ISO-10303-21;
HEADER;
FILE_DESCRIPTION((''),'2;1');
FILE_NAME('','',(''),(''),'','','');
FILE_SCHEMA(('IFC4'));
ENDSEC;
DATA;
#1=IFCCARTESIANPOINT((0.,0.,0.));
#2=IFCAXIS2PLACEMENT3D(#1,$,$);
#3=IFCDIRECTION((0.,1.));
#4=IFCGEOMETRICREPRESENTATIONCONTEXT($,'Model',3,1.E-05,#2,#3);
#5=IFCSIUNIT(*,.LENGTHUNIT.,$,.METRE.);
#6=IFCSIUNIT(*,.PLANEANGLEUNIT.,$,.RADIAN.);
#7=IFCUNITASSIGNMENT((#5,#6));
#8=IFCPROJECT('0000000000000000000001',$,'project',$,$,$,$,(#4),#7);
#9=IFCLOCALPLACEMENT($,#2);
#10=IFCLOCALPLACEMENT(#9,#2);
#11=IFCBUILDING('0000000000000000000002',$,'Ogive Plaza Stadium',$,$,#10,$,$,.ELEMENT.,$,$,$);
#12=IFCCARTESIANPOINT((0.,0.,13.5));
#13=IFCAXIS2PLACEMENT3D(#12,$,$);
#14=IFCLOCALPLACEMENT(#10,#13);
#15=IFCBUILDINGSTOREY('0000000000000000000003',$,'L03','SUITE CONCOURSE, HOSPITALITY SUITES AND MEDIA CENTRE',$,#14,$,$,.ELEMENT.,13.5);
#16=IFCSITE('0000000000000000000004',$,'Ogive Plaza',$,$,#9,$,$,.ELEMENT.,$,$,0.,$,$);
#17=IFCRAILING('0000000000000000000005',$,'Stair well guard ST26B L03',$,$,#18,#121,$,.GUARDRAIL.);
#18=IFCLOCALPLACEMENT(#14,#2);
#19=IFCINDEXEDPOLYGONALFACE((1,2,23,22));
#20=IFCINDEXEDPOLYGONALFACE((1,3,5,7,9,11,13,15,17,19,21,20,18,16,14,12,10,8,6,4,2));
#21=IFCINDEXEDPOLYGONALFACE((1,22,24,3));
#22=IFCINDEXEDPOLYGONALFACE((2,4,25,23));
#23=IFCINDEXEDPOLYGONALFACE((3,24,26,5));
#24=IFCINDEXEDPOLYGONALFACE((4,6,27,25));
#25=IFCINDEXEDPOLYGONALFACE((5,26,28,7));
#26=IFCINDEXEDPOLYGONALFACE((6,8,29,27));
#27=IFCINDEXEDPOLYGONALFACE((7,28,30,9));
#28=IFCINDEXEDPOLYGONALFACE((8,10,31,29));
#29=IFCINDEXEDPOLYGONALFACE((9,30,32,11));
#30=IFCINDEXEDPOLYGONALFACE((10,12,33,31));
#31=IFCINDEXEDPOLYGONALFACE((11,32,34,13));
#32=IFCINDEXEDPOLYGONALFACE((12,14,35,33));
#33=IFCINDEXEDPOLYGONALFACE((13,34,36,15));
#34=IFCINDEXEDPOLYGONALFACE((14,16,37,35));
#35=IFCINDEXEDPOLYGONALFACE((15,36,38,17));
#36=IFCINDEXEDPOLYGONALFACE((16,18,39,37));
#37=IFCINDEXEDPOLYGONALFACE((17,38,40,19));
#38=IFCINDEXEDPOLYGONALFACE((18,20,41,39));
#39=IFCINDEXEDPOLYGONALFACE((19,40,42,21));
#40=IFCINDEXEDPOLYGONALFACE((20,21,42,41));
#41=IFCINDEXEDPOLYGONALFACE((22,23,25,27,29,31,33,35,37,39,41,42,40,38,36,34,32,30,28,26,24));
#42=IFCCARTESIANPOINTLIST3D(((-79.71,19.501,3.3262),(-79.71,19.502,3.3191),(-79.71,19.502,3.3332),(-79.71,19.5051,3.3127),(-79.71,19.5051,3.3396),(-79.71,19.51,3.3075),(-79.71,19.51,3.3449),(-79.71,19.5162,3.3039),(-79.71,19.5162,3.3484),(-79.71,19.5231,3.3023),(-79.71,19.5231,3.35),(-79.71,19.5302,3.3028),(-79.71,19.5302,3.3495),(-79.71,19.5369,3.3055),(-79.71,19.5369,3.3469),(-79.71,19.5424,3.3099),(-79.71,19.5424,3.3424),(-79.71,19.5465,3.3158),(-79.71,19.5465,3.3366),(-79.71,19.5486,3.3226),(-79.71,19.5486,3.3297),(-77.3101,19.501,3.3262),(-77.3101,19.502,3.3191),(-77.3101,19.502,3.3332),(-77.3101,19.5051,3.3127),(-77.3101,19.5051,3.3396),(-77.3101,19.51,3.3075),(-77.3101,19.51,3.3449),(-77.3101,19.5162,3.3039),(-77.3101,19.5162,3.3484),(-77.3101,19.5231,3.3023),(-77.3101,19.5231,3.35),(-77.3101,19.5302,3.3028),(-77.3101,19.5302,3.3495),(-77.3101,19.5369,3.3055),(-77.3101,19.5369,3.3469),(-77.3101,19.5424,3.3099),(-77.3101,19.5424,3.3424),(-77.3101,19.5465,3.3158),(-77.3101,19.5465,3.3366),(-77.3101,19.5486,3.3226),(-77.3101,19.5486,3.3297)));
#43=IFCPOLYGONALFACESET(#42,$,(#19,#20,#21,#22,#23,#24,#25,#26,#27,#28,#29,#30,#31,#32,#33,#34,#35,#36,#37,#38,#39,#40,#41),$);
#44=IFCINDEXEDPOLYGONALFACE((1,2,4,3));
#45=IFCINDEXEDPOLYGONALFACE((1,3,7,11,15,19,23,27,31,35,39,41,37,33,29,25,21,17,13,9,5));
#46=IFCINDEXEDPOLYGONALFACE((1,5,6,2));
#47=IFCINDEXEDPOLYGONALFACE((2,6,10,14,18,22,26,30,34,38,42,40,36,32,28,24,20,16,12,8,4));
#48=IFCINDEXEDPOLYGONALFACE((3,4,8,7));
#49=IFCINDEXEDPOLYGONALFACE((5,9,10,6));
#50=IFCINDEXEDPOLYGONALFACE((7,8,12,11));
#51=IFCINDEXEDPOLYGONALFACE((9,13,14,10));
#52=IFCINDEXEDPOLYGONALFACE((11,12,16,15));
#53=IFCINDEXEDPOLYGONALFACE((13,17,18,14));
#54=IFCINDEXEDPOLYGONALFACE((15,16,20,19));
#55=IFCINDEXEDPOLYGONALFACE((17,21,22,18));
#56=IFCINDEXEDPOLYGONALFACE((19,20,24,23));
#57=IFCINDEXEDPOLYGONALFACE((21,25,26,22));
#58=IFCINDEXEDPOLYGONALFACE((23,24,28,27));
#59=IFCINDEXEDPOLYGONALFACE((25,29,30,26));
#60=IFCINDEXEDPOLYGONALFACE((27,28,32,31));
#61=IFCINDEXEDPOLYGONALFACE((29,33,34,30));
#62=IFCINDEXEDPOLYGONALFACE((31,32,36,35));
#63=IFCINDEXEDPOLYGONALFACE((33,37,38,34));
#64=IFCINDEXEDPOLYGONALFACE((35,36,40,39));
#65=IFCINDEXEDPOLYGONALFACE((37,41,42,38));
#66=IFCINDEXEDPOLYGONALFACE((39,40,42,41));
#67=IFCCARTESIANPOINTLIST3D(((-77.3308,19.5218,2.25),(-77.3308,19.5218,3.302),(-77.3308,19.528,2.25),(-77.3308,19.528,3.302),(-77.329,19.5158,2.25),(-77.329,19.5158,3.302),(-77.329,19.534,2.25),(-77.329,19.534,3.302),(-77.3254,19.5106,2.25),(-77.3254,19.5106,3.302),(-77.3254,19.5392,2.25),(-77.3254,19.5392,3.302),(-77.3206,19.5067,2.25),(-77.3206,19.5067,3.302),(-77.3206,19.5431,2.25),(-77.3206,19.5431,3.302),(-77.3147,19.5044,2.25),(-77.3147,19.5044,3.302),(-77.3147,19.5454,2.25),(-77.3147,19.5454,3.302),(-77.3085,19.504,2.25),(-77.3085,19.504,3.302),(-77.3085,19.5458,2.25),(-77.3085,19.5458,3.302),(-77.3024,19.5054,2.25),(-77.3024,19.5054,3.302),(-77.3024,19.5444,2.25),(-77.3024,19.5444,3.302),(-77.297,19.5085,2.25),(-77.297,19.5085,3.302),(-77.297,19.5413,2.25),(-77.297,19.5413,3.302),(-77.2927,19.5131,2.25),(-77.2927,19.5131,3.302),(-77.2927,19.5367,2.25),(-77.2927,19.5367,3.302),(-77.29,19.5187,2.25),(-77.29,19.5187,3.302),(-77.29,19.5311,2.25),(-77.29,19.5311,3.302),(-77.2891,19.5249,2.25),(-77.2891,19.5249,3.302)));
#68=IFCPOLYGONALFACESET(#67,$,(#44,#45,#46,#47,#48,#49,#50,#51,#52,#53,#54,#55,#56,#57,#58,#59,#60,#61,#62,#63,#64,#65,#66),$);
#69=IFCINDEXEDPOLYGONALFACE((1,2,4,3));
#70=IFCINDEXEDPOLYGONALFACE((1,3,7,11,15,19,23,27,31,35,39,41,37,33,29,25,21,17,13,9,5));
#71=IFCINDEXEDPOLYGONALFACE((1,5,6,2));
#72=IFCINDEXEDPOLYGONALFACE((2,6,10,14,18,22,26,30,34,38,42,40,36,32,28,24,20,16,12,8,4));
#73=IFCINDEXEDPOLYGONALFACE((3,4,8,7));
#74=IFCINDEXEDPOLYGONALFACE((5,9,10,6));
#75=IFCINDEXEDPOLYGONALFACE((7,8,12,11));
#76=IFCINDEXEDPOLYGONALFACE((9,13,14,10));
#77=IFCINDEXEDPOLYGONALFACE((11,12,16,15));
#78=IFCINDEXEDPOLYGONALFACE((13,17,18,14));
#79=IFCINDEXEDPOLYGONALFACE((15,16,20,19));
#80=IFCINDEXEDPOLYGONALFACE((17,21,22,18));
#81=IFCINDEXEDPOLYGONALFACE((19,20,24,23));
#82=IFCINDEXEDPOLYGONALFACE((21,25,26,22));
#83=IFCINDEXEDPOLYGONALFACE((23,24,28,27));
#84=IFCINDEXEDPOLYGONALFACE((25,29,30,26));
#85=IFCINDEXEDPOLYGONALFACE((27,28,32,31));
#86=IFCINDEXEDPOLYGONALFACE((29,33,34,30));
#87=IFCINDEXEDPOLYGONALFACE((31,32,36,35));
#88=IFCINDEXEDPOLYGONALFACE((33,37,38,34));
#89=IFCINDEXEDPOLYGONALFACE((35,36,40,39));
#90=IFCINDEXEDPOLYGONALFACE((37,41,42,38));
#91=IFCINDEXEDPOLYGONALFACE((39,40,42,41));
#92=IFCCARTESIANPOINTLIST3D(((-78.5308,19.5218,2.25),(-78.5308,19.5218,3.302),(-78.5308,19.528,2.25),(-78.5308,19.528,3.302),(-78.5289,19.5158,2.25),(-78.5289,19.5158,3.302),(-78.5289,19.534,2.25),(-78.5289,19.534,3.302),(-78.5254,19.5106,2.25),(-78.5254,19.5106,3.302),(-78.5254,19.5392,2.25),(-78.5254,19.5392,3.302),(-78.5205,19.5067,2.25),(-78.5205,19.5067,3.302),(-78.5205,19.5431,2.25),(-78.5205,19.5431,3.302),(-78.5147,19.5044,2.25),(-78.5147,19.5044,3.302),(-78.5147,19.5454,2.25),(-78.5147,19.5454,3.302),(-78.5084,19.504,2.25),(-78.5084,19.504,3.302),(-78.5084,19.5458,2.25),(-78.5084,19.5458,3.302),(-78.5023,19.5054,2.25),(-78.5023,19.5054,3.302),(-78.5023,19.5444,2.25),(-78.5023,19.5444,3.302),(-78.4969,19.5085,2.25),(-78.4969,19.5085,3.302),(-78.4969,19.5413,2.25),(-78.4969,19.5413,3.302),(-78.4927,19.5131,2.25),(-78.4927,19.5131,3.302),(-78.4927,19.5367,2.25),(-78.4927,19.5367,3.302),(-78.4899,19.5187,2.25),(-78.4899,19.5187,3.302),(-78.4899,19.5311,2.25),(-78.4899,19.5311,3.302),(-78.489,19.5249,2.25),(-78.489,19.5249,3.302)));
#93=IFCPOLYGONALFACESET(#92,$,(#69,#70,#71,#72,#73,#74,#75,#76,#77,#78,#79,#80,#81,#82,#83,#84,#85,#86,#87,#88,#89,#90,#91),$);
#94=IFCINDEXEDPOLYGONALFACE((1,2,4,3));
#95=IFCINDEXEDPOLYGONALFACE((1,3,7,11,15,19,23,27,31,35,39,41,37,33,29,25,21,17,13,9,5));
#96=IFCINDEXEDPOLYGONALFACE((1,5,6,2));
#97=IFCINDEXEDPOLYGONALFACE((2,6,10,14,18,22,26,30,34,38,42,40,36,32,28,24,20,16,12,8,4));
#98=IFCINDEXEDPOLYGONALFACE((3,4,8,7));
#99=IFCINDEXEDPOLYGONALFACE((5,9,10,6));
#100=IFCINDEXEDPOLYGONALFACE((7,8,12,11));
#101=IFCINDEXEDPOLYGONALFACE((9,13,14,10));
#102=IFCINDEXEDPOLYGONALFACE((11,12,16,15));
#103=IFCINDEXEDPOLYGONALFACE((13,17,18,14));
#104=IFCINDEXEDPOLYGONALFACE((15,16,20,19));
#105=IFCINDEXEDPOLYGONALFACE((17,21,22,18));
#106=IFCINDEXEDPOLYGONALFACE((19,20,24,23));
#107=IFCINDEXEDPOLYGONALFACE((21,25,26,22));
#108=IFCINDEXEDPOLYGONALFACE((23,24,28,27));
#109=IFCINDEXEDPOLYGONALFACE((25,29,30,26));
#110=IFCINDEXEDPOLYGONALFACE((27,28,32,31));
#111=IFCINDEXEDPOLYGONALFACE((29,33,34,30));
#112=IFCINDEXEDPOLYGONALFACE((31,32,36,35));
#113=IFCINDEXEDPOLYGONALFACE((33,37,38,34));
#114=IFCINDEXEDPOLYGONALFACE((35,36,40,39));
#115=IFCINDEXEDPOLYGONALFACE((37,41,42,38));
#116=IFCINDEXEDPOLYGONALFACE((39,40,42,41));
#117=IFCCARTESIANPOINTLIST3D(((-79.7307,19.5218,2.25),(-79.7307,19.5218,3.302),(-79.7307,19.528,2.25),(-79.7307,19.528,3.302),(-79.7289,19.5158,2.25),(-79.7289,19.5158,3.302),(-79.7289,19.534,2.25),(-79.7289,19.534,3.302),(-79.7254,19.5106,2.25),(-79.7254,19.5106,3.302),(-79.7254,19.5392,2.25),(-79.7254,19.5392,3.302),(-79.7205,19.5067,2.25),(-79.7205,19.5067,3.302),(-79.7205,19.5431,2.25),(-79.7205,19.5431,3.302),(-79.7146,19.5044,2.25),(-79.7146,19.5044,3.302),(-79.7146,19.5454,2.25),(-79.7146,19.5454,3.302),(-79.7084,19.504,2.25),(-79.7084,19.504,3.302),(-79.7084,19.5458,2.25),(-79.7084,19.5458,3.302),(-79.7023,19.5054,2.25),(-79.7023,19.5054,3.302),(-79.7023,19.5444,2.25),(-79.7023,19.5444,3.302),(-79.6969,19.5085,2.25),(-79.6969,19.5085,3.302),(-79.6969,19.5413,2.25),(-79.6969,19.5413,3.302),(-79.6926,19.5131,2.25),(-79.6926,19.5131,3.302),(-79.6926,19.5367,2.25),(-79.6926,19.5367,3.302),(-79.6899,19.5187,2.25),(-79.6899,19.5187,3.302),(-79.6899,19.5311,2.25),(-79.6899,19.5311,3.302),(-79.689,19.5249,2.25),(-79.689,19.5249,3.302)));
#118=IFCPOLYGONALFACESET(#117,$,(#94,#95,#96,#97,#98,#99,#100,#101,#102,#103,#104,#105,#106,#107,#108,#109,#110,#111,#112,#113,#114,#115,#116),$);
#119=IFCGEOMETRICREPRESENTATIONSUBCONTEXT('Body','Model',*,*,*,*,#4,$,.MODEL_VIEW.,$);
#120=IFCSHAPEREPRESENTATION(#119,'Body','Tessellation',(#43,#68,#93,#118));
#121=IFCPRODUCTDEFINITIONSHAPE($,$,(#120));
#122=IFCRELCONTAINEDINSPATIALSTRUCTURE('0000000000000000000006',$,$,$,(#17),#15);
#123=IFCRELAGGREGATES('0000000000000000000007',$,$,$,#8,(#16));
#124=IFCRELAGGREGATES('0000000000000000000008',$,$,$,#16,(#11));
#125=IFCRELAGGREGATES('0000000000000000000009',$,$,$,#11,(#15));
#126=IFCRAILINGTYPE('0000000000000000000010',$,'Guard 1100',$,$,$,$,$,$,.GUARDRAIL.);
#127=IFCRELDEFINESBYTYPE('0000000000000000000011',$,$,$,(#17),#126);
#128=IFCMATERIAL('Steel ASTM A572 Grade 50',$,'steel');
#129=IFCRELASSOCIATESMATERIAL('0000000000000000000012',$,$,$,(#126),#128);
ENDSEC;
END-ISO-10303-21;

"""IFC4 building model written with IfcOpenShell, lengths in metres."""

from ifc_helpers import new_model, si_unit, direction, frame, origin, origin_2d, place, context, subcontext, project, spatial, circle, extrude, material, type_object, element, save


model = new_model("IFC4")

# Units and contexts
model_context = context("Model", 3, precision=1e-05, world=origin(), true_north=direction((0.0, 1.0)))
body_context = subcontext(model_context, "Body", "Model", "MODEL_VIEW")
ifc_project = project(units=[si_unit("LENGTHUNIT", "METRE"), si_unit("PLANEANGLEUNIT", "RADIAN")], contexts=[model_context])

# Site, building, storey
site_placement = place(None, origin())
site = spatial("IfcSite", under=ifc_project, at=site_placement, Name="Ogive Plaza", CompositionType="ELEMENT", RefElevation=0.0)
building_placement = place(site_placement, origin())
building = spatial("IfcBuilding", under=site, at=building_placement, Name="Ogive Plaza Stadium", CompositionType="ELEMENT")
storey_placement = place(building_placement, frame((0.0, 0.0, 13.5)))
storey = spatial("IfcBuildingStorey", under=building, at=storey_placement, Name="L03", Description="SUITE CONCOURSE, HOSPITALITY SUITES AND MEDIA CENTRE", CompositionType="ELEMENT", Elevation=13.5)

# Railing
ifc_material_1 = material(Name="Steel ASTM A572 Grade 50", Category="steel")
railing_type_1 = type_object("IfcRailingType", Name="Guard 1100", PredefinedType="GUARDRAIL", material=ifc_material_1)
for number, where, name in (
    (1, (-77.3101, 19.5249, 2.25), "Stair well guard ST26B L03"),
):
    element("IfcRailing", number, at=place(storey_placement, frame(where)), inside=storey, type_object=railing_type_1, Name=name, PredefinedType="GUARDRAIL", context=body_context, shape_type="SweptSolid", body=[
        extrude(circle(Radius=0.0239, at=origin_2d()), frame((0.0, 0.0, 1.0762), z_axis=(-1.0, 0.0, 0.0), x_axis=(0.0, -1.0, 0.0)), (0.0, 0.0, 1.0), 2.3999),
        extrude(circle(Radius=0.021, at=origin_2d()), origin(), (0.0, 0.0, 1.0), 1.052),
        extrude(circle(Radius=0.021, at=origin_2d()), frame((-1.2, 0.0, 0.0)), (0.0, 0.0, 1.0), 1.052),
        extrude(circle(Radius=0.021, at=origin_2d()), frame((-2.3999, 0.0, 0.0)), (0.0, 0.0, 1.0), 1.052),
    ])

save(model, "model.ifc")
